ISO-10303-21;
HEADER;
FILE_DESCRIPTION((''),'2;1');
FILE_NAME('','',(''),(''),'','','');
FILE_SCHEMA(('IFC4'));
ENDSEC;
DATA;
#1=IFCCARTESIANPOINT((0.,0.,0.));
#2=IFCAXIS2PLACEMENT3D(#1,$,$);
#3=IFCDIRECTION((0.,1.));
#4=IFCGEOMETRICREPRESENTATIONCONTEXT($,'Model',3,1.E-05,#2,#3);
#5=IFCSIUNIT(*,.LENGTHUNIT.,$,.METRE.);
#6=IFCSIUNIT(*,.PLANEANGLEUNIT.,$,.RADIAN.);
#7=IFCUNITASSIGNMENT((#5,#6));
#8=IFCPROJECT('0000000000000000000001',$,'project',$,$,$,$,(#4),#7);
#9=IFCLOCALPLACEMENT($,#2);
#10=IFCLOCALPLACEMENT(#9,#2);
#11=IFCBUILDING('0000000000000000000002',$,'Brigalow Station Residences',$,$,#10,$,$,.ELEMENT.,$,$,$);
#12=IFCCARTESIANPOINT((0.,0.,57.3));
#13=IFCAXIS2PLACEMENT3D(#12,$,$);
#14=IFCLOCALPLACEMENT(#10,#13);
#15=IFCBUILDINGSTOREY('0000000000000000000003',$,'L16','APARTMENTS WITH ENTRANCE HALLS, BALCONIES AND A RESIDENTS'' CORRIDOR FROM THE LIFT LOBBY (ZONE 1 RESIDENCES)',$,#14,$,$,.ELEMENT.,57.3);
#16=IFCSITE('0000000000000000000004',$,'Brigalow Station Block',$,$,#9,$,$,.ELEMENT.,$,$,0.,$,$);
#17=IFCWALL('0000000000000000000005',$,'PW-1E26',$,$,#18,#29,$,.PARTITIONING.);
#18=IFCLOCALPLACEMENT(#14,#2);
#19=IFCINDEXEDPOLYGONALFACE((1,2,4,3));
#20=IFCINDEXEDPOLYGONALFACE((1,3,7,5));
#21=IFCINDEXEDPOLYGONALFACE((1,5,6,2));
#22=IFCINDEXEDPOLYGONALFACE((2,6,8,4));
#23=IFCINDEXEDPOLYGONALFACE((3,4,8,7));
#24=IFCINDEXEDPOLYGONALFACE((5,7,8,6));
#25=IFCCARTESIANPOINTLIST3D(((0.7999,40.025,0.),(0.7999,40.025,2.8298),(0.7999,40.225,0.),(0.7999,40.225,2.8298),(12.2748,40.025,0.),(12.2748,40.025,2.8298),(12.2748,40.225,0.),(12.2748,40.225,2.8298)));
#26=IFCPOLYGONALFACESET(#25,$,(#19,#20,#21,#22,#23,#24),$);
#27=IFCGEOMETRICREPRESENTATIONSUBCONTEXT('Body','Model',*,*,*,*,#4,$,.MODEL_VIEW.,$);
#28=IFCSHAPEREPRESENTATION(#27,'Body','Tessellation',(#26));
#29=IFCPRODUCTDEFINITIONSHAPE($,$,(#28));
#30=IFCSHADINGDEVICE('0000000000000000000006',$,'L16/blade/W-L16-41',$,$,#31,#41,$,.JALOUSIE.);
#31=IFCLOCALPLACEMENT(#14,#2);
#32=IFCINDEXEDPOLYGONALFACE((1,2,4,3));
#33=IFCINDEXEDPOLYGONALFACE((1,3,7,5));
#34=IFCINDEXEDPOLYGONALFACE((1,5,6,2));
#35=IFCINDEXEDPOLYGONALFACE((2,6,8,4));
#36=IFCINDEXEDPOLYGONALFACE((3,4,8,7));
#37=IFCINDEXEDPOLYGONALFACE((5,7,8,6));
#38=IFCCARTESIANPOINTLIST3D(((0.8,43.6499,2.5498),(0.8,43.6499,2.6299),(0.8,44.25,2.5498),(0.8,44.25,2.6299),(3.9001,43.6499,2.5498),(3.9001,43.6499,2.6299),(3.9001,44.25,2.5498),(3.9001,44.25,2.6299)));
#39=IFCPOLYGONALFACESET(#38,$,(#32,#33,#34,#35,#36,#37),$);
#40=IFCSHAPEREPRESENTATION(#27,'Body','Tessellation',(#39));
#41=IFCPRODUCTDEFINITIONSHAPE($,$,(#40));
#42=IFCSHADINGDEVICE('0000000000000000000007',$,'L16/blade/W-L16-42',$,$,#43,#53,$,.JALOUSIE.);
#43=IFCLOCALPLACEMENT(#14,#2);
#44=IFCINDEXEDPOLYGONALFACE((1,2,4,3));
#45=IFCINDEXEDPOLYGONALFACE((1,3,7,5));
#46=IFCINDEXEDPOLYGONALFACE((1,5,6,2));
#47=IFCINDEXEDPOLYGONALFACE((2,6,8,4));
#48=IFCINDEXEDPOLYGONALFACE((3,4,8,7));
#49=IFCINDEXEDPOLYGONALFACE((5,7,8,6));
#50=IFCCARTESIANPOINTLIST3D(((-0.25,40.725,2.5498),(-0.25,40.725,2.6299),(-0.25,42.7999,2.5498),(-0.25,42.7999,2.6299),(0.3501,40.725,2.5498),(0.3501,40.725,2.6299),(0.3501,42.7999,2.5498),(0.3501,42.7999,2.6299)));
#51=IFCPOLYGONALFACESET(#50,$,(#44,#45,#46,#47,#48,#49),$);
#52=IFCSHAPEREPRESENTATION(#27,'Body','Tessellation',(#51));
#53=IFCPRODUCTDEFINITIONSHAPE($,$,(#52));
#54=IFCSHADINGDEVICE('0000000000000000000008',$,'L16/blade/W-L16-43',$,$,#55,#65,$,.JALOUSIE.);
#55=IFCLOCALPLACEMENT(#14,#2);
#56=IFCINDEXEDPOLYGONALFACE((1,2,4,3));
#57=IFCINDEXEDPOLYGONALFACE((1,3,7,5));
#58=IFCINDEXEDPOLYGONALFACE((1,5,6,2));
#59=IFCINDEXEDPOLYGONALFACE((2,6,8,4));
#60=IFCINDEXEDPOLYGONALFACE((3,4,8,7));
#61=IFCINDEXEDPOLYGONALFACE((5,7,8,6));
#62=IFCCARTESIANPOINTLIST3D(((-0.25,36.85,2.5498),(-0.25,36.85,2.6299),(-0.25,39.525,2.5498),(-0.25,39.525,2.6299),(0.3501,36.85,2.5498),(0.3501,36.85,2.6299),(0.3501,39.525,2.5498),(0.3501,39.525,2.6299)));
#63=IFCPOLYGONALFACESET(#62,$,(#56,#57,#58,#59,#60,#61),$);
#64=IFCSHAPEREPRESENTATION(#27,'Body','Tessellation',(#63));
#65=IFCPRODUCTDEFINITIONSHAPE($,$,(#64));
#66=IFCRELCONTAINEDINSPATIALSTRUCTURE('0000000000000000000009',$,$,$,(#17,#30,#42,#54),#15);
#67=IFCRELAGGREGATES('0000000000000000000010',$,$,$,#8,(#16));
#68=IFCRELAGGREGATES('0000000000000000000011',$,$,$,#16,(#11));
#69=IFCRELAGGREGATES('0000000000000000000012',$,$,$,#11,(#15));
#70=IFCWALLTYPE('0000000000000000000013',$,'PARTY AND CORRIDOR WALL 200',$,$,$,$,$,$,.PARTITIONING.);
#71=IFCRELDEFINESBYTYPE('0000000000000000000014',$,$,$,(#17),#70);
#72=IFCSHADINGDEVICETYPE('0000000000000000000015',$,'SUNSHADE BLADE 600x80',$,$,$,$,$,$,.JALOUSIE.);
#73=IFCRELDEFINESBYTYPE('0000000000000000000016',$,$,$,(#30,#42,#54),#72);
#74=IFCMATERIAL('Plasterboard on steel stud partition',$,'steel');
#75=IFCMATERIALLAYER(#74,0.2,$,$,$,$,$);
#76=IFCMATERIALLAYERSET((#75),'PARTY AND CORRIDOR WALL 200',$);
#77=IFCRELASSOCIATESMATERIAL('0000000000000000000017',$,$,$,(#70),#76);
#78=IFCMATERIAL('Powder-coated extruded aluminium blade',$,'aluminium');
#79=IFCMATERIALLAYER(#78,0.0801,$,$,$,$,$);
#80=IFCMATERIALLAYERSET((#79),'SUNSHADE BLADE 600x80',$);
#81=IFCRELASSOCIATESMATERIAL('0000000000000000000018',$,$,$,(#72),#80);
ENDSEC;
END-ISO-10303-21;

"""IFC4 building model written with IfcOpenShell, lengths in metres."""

from ifc_helpers import new_model, si_unit, direction, frame, frame_2d, origin, origin_2d, place, context, subcontext, project, spatial, rectangle, extrude, material, layer, layer_set, type_object, element, save


model = new_model("IFC4")

# Units and contexts
model_context = context("Model", 3, precision=1e-05, world=origin(), true_north=direction((0.0, 1.0)))
body_context = subcontext(model_context, "Body", "Model", "MODEL_VIEW")
ifc_project = project(units=[si_unit("LENGTHUNIT", "METRE"), si_unit("PLANEANGLEUNIT", "RADIAN")], contexts=[model_context])

# Site, building, storey
site_placement = place(None, origin())
site = spatial("IfcSite", under=ifc_project, at=site_placement, Name="Brigalow Station Block", CompositionType="ELEMENT", RefElevation=0.0)
building_placement = place(site_placement, origin())
building = spatial("IfcBuilding", under=site, at=building_placement, Name="Brigalow Station Residences", CompositionType="ELEMENT")
storey_placement = place(building_placement, frame((0.0, 0.0, 57.3)))
storey = spatial("IfcBuildingStorey", under=building, at=storey_placement, Name="L16", Description="APARTMENTS WITH ENTRANCE HALLS, BALCONIES AND A RESIDENTS' CORRIDOR FROM THE LIFT LOBBY (ZONE 1 RESIDENCES)", CompositionType="ELEMENT", Elevation=57.3)

# Wall
ifc_material_1 = material(Name="Plasterboard on steel stud partition", Category="steel")
ifc_layer_1 = layer(ifc_material_1, 0.2)
ifc_layer_set_1 = layer_set([ifc_layer_1], Name="PARTY AND CORRIDOR WALL 200")
wall_type_1 = type_object("IfcWallType", Name="PARTY AND CORRIDOR WALL 200", PredefinedType="PARTITIONING", material=ifc_layer_set_1)
wall_1_placement = place(storey_placement, frame((0.8, 40.125, 0.0), z_axis=(0.0, 0.0, 1.0), x_axis=(1.0, 0.0, 0.0)))
element("IfcWall", 1, at=wall_1_placement, inside=storey, type_object=wall_type_1, Name="PW-1E26", PredefinedType="PARTITIONING", context=body_context, shape_type="SweptSolid", body=[
    extrude(rectangle(XDim=11.4749, YDim=0.2, at=frame_2d((5.7373, 0.0))), origin(), (0.0, 0.0, 1.0), 2.8298),
])

# Shading devices
ifc_material_2 = material(Name="Powder-coated extruded aluminium blade", Category="aluminium")
ifc_layer_2 = layer(ifc_material_2, 0.0801)
ifc_layer_set_2 = layer_set([ifc_layer_2], Name="SUNSHADE BLADE 600x80")
shading_device_type = type_object("IfcShadingDeviceType", Name="SUNSHADE BLADE 600x80", PredefinedType="JALOUSIE", material=ifc_layer_set_2)
shading_device_1_placement = place(storey_placement, frame((2.3501, 43.95, 2.5498), z_axis=(0.0, 0.0, 1.0), x_axis=(-1.0, 0.0, 0.0)))
element("IfcShadingDevice", 2, at=shading_device_1_placement, inside=storey, type_object=shading_device_type, Name="L16/blade/W-L16-41", PredefinedType="JALOUSIE", context=body_context, shape_type="SweptSolid", body=[
    extrude(rectangle(XDim=3.1001, YDim=0.6001, at=origin_2d()), origin(), (0.0, 0.0, 1.0), 0.0801),
])
shading_device_2_placement = place(storey_placement, frame((0.05, 41.7625, 2.5498), z_axis=(0.0, 0.0, 1.0), x_axis=(0.0, -1.0, 0.0)))
element("IfcShadingDevice", 3, at=shading_device_2_placement, inside=storey, type_object=shading_device_type, Name="L16/blade/W-L16-42", PredefinedType="JALOUSIE", context=body_context, shape_type="SweptSolid", body=[
    extrude(rectangle(XDim=2.075, YDim=0.6001, at=origin_2d()), origin(), (0.0, 0.0, 1.0), 0.0801),
])
shading_device_3_placement = place(storey_placement, frame((0.05, 38.1875, 2.5498), z_axis=(0.0, 0.0, 1.0), x_axis=(0.0, -1.0, 0.0)))
element("IfcShadingDevice", 4, at=shading_device_3_placement, inside=storey, type_object=shading_device_type, Name="L16/blade/W-L16-43", PredefinedType="JALOUSIE", context=body_context, shape_type="SweptSolid", body=[
    extrude(rectangle(XDim=2.675, YDim=0.6001, at=origin_2d()), origin(), (0.0, 0.0, 1.0), 0.0801),
])

save(model, "model.ifc")
